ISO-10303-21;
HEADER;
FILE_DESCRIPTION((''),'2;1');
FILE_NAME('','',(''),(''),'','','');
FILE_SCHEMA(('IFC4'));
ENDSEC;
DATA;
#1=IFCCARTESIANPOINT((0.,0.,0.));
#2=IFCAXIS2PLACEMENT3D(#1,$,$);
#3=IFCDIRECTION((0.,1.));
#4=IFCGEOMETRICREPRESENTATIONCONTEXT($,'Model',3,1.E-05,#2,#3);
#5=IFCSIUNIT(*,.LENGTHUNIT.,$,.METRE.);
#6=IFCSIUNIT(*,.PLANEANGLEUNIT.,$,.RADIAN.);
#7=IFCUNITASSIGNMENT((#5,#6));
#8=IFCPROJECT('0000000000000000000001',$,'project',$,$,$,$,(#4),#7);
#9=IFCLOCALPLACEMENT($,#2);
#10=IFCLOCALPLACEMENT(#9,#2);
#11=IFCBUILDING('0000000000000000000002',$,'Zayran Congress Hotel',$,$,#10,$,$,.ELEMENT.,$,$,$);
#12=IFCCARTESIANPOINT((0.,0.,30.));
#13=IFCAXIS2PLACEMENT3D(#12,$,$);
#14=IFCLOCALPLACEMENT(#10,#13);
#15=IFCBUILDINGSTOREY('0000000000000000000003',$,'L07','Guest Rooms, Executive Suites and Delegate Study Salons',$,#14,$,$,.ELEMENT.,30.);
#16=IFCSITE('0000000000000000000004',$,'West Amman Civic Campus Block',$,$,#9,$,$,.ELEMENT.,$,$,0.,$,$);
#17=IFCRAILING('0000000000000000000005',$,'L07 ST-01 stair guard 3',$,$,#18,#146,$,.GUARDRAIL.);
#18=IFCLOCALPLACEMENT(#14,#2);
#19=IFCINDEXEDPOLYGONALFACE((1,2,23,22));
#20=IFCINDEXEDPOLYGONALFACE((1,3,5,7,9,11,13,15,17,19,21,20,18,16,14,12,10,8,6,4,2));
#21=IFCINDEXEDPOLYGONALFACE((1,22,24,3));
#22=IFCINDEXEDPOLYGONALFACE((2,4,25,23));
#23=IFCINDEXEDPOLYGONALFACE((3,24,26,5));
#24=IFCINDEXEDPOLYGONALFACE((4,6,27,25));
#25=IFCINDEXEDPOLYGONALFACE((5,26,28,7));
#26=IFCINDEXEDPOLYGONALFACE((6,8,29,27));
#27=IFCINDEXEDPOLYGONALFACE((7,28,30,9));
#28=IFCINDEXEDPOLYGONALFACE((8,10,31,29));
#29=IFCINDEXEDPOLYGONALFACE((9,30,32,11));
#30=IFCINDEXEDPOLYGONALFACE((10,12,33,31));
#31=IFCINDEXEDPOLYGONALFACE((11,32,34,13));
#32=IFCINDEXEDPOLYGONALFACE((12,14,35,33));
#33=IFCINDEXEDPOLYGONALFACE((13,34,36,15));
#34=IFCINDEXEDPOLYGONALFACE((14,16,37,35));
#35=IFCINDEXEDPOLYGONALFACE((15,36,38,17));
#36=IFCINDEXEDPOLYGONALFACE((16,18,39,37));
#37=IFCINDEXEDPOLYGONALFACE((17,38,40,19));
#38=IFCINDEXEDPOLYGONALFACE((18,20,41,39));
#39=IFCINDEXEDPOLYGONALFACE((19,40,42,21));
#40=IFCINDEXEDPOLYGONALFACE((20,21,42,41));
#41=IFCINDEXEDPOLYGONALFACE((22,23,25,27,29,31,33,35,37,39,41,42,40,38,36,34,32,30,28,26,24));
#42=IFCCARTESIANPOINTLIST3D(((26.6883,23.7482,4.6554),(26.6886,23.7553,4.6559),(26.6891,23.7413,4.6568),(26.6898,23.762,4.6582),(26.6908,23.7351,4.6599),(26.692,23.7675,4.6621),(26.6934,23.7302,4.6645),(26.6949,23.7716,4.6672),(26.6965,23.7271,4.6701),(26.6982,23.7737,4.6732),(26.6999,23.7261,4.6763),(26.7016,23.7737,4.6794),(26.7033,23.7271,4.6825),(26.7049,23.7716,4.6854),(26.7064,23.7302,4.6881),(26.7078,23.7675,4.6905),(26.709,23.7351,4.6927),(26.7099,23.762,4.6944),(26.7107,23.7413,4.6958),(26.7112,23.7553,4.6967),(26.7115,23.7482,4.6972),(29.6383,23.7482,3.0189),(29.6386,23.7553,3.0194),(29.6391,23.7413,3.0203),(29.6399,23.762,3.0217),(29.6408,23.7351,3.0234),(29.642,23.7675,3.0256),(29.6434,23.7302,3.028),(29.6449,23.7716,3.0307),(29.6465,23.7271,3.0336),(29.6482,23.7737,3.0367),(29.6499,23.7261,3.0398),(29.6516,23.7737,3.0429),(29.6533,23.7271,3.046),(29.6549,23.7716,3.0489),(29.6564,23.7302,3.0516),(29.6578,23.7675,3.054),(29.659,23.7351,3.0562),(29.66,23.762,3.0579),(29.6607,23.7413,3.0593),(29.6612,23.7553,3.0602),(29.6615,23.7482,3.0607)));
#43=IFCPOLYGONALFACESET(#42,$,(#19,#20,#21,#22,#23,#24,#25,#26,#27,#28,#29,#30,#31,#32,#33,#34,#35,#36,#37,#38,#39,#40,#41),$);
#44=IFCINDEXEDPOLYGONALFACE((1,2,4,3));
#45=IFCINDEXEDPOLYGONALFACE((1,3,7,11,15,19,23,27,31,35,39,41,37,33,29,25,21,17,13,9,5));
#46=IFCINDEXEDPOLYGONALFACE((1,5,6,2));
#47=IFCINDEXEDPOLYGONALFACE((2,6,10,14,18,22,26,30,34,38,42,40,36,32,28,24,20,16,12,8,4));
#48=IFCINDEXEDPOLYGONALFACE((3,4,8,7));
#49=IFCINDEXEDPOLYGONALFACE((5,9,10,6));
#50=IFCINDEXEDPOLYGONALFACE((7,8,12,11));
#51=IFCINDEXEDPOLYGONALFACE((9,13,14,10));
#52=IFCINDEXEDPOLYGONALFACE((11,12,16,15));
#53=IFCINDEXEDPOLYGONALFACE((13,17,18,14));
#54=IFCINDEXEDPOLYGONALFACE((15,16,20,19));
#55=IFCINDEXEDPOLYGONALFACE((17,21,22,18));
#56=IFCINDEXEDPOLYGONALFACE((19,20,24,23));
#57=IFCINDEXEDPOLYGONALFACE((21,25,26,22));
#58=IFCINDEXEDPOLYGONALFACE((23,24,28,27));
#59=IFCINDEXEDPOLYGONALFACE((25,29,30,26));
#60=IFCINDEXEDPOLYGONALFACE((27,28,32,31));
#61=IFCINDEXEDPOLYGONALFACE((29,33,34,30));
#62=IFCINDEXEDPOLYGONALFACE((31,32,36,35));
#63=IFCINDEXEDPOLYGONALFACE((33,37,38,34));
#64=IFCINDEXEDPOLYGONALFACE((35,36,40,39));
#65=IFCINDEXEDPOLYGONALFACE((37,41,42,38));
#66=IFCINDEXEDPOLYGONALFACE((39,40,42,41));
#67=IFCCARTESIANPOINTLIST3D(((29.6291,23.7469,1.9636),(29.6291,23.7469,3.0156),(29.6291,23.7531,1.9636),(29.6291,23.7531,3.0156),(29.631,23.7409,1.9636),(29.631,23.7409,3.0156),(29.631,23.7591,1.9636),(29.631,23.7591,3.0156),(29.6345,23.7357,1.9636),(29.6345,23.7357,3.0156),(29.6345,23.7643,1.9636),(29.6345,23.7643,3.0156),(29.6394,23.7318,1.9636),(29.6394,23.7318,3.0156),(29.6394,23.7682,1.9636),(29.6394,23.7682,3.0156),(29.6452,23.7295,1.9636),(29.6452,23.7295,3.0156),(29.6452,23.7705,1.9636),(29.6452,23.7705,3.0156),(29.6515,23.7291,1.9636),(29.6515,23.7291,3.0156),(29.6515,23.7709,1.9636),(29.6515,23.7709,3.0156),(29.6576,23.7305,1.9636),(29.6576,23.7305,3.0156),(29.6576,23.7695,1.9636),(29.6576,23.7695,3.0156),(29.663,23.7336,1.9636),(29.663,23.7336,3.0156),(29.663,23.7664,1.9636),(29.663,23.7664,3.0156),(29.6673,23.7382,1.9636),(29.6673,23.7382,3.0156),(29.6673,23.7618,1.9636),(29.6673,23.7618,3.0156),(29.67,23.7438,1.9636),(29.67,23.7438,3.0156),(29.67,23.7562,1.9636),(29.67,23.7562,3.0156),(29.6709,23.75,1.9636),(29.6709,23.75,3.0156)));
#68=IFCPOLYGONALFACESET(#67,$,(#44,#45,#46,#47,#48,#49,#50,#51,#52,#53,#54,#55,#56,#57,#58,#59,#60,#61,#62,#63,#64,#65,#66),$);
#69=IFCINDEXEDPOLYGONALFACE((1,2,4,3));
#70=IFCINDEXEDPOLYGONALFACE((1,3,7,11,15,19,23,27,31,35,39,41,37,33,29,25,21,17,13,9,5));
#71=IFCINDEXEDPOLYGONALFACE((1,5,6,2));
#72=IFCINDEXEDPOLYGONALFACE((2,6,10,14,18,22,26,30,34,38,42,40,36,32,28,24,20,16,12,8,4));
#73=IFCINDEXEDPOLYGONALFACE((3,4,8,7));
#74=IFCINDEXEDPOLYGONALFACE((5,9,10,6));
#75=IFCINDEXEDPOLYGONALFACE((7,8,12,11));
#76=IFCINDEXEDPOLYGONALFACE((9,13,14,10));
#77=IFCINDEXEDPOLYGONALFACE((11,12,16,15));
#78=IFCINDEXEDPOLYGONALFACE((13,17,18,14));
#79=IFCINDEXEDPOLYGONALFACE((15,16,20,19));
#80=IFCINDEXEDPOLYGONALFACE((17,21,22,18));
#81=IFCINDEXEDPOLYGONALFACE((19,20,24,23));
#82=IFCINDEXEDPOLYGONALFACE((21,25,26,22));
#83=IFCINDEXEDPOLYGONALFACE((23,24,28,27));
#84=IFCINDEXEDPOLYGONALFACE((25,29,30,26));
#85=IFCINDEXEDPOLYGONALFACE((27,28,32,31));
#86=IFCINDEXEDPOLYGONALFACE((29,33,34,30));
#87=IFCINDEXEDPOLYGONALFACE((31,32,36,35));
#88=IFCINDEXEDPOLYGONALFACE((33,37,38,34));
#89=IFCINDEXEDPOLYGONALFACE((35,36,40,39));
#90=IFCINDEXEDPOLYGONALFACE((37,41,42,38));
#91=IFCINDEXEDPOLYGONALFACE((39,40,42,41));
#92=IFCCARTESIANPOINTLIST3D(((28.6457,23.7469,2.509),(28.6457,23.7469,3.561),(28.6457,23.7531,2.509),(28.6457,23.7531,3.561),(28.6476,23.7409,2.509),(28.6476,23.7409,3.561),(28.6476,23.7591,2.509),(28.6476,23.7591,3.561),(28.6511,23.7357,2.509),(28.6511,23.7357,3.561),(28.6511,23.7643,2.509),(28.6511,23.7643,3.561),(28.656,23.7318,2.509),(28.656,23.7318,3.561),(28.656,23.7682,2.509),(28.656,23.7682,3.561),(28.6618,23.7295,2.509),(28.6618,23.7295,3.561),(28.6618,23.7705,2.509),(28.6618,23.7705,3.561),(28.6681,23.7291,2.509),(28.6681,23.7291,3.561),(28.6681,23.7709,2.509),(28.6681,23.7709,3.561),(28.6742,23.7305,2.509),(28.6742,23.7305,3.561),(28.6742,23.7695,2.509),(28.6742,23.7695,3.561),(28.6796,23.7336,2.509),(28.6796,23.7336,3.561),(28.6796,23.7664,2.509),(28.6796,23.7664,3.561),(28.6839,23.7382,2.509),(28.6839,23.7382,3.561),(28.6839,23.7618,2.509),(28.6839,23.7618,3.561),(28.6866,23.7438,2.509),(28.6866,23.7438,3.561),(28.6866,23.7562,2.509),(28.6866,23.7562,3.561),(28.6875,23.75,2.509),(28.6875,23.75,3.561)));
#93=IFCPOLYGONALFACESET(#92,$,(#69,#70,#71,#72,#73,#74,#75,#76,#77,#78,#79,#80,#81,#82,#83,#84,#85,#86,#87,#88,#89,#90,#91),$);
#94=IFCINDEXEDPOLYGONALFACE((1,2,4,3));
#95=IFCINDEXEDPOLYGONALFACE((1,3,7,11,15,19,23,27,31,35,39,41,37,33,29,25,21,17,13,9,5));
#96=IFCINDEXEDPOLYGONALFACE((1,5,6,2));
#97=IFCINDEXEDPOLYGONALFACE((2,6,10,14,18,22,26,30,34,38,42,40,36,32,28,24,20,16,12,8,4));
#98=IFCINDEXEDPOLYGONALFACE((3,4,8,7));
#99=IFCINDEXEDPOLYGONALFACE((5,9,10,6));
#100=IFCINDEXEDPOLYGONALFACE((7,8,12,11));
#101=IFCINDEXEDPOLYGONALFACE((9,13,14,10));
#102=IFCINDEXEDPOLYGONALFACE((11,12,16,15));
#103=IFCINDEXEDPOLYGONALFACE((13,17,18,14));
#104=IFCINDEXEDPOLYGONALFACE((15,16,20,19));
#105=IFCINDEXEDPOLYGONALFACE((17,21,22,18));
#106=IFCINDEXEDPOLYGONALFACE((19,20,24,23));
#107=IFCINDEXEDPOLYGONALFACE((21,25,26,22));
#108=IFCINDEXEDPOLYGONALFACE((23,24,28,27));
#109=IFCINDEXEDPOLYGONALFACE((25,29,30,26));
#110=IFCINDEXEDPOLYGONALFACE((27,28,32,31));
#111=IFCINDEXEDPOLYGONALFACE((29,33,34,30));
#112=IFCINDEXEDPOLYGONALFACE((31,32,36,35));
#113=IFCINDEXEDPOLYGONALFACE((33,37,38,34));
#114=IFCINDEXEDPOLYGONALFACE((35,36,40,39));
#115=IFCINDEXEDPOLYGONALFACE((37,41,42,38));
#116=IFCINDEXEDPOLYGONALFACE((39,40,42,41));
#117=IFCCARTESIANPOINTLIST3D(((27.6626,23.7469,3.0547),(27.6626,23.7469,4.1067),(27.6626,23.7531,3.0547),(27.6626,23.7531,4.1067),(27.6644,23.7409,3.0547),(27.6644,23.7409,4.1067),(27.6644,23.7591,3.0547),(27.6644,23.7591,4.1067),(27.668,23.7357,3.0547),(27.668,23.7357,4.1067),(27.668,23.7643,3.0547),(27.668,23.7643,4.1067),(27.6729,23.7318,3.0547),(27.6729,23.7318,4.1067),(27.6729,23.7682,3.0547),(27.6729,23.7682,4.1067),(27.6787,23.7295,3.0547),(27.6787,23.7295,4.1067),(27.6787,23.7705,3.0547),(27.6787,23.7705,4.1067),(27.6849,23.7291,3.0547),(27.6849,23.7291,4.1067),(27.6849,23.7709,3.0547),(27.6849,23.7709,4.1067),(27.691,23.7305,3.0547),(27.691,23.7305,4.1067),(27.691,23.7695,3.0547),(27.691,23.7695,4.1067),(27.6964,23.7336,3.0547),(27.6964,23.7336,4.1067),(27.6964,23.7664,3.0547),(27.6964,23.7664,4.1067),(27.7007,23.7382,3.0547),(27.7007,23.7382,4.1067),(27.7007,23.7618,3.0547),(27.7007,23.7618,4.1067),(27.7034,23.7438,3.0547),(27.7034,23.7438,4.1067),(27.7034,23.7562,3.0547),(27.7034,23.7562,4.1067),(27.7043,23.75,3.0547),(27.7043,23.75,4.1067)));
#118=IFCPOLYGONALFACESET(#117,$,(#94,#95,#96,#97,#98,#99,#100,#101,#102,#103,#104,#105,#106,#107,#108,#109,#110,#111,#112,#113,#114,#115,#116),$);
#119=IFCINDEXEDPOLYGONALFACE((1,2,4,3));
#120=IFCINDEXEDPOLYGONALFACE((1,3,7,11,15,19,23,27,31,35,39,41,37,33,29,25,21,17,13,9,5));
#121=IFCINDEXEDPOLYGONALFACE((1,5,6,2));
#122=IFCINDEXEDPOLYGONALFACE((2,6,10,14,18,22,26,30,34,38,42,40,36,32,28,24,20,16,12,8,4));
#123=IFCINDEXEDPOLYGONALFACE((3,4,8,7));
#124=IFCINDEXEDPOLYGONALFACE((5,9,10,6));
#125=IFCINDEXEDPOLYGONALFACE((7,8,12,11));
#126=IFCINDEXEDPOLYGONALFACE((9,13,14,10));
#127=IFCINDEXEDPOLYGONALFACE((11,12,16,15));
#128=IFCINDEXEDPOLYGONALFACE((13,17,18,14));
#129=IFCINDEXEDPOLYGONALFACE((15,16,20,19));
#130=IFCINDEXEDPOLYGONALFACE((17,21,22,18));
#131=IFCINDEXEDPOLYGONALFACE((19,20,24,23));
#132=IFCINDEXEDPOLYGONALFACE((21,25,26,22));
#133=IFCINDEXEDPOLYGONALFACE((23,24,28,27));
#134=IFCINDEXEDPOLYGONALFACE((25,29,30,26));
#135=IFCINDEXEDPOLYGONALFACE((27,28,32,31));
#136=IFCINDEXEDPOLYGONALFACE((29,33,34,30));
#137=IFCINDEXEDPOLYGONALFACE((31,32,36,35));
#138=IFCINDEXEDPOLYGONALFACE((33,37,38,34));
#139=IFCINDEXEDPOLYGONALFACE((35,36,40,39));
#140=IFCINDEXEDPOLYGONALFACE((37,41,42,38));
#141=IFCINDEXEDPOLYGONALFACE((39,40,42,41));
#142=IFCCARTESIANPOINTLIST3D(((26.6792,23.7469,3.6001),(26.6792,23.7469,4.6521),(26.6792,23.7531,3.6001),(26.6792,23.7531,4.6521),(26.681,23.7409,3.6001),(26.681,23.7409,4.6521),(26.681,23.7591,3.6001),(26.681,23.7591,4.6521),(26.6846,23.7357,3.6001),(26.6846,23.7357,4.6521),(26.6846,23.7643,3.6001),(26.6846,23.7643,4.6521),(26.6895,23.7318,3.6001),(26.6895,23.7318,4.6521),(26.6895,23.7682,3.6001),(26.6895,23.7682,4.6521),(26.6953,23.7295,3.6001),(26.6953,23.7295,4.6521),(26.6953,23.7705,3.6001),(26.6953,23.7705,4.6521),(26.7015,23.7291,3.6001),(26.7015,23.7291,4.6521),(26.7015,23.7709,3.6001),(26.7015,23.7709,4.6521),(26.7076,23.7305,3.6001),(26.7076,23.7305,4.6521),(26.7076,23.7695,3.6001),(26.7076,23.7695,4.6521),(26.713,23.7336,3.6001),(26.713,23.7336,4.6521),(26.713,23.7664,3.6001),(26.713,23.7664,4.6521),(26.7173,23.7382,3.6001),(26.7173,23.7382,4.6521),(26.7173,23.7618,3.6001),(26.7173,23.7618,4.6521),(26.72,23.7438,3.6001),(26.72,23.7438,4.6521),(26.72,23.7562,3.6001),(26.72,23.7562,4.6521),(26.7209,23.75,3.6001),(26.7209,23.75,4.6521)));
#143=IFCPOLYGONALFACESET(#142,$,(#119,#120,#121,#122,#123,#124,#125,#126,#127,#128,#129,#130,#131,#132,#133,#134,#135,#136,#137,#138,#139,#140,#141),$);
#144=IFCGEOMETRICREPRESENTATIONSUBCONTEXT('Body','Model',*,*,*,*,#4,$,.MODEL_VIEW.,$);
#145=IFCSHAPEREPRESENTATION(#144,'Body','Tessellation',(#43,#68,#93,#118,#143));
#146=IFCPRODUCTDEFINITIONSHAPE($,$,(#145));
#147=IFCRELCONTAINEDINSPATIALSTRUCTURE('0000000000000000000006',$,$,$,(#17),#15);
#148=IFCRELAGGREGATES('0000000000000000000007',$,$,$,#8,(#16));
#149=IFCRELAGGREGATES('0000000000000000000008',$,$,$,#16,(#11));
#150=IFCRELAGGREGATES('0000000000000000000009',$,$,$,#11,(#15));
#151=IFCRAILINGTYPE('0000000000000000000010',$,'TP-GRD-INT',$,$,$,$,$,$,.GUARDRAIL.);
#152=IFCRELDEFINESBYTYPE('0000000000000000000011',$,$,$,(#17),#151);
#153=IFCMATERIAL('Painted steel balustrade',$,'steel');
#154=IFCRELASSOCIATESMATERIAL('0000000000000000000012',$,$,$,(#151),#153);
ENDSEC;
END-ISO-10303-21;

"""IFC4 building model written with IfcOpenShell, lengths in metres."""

from ifc_helpers import new_model, si_unit, direction, frame, origin, origin_2d, place, context, subcontext, project, spatial, circle, extrude, material, type_object, element, save


model = new_model("IFC4")

# Units and contexts
model_context = context("Model", 3, precision=1e-05, world=origin(), true_north=direction((0.0, 1.0)))
body_context = subcontext(model_context, "Body", "Model", "MODEL_VIEW")
ifc_project = project(units=[si_unit("LENGTHUNIT", "METRE"), si_unit("PLANEANGLEUNIT", "RADIAN")], contexts=[model_context])

# Site, building, storey
site_placement = place(None, origin())
site = spatial("IfcSite", under=ifc_project, at=site_placement, Name="West Amman Civic Campus Block", CompositionType="ELEMENT", RefElevation=0.0)
building_placement = place(site_placement, origin())
building = spatial("IfcBuilding", under=site, at=building_placement, Name="Zayran Congress Hotel", CompositionType="ELEMENT")
storey_placement = place(building_placement, frame((0.0, 0.0, 30.0)))
storey = spatial("IfcBuildingStorey", under=building, at=storey_placement, Name="L07", Description="Guest Rooms, Executive Suites and Delegate Study Salons", CompositionType="ELEMENT", Elevation=30.0)

# Railing
ifc_material_1 = material(Name="Painted steel balustrade", Category="steel")
railing_type_1 = type_object("IfcRailingType", Name="TP-GRD-INT", PredefinedType="GUARDRAIL", material=ifc_material_1)
railing_1_placement = place(storey_placement, frame((29.6499, 23.75, 1.9636)))
element("IfcRailing", 1, at=railing_1_placement, inside=storey, type_object=railing_type_1, Name="L07 ST-01 stair guard 3", PredefinedType="GUARDRAIL", context=body_context, shape_type="SweptSolid", body=[
    extrude(circle(Radius=0.0239, at=origin_2d()), frame((0.0, 0.0, 1.0762), z_axis=(-0.874458, 0.0, 0.485102), x_axis=(0.0, -1.0, 0.0)), (0.0, 0.0, 1.0), 3.3735),
    extrude(circle(Radius=0.021, at=origin_2d()), origin(), (0.0, 0.0, 1.0), 1.052),
    extrude(circle(Radius=0.021, at=origin_2d()), frame((-0.9834, 0.0, 0.5454)), (0.0, 0.0, 1.0), 1.052),
    extrude(circle(Radius=0.021, at=origin_2d()), frame((-1.9666, 0.0, 1.0911)), (0.0, 0.0, 1.0), 1.052),
    extrude(circle(Radius=0.021, at=origin_2d()), frame((-2.95, 0.0, 1.6365)), (0.0, 0.0, 1.0), 1.052),
])

save(model, "model.ifc")
